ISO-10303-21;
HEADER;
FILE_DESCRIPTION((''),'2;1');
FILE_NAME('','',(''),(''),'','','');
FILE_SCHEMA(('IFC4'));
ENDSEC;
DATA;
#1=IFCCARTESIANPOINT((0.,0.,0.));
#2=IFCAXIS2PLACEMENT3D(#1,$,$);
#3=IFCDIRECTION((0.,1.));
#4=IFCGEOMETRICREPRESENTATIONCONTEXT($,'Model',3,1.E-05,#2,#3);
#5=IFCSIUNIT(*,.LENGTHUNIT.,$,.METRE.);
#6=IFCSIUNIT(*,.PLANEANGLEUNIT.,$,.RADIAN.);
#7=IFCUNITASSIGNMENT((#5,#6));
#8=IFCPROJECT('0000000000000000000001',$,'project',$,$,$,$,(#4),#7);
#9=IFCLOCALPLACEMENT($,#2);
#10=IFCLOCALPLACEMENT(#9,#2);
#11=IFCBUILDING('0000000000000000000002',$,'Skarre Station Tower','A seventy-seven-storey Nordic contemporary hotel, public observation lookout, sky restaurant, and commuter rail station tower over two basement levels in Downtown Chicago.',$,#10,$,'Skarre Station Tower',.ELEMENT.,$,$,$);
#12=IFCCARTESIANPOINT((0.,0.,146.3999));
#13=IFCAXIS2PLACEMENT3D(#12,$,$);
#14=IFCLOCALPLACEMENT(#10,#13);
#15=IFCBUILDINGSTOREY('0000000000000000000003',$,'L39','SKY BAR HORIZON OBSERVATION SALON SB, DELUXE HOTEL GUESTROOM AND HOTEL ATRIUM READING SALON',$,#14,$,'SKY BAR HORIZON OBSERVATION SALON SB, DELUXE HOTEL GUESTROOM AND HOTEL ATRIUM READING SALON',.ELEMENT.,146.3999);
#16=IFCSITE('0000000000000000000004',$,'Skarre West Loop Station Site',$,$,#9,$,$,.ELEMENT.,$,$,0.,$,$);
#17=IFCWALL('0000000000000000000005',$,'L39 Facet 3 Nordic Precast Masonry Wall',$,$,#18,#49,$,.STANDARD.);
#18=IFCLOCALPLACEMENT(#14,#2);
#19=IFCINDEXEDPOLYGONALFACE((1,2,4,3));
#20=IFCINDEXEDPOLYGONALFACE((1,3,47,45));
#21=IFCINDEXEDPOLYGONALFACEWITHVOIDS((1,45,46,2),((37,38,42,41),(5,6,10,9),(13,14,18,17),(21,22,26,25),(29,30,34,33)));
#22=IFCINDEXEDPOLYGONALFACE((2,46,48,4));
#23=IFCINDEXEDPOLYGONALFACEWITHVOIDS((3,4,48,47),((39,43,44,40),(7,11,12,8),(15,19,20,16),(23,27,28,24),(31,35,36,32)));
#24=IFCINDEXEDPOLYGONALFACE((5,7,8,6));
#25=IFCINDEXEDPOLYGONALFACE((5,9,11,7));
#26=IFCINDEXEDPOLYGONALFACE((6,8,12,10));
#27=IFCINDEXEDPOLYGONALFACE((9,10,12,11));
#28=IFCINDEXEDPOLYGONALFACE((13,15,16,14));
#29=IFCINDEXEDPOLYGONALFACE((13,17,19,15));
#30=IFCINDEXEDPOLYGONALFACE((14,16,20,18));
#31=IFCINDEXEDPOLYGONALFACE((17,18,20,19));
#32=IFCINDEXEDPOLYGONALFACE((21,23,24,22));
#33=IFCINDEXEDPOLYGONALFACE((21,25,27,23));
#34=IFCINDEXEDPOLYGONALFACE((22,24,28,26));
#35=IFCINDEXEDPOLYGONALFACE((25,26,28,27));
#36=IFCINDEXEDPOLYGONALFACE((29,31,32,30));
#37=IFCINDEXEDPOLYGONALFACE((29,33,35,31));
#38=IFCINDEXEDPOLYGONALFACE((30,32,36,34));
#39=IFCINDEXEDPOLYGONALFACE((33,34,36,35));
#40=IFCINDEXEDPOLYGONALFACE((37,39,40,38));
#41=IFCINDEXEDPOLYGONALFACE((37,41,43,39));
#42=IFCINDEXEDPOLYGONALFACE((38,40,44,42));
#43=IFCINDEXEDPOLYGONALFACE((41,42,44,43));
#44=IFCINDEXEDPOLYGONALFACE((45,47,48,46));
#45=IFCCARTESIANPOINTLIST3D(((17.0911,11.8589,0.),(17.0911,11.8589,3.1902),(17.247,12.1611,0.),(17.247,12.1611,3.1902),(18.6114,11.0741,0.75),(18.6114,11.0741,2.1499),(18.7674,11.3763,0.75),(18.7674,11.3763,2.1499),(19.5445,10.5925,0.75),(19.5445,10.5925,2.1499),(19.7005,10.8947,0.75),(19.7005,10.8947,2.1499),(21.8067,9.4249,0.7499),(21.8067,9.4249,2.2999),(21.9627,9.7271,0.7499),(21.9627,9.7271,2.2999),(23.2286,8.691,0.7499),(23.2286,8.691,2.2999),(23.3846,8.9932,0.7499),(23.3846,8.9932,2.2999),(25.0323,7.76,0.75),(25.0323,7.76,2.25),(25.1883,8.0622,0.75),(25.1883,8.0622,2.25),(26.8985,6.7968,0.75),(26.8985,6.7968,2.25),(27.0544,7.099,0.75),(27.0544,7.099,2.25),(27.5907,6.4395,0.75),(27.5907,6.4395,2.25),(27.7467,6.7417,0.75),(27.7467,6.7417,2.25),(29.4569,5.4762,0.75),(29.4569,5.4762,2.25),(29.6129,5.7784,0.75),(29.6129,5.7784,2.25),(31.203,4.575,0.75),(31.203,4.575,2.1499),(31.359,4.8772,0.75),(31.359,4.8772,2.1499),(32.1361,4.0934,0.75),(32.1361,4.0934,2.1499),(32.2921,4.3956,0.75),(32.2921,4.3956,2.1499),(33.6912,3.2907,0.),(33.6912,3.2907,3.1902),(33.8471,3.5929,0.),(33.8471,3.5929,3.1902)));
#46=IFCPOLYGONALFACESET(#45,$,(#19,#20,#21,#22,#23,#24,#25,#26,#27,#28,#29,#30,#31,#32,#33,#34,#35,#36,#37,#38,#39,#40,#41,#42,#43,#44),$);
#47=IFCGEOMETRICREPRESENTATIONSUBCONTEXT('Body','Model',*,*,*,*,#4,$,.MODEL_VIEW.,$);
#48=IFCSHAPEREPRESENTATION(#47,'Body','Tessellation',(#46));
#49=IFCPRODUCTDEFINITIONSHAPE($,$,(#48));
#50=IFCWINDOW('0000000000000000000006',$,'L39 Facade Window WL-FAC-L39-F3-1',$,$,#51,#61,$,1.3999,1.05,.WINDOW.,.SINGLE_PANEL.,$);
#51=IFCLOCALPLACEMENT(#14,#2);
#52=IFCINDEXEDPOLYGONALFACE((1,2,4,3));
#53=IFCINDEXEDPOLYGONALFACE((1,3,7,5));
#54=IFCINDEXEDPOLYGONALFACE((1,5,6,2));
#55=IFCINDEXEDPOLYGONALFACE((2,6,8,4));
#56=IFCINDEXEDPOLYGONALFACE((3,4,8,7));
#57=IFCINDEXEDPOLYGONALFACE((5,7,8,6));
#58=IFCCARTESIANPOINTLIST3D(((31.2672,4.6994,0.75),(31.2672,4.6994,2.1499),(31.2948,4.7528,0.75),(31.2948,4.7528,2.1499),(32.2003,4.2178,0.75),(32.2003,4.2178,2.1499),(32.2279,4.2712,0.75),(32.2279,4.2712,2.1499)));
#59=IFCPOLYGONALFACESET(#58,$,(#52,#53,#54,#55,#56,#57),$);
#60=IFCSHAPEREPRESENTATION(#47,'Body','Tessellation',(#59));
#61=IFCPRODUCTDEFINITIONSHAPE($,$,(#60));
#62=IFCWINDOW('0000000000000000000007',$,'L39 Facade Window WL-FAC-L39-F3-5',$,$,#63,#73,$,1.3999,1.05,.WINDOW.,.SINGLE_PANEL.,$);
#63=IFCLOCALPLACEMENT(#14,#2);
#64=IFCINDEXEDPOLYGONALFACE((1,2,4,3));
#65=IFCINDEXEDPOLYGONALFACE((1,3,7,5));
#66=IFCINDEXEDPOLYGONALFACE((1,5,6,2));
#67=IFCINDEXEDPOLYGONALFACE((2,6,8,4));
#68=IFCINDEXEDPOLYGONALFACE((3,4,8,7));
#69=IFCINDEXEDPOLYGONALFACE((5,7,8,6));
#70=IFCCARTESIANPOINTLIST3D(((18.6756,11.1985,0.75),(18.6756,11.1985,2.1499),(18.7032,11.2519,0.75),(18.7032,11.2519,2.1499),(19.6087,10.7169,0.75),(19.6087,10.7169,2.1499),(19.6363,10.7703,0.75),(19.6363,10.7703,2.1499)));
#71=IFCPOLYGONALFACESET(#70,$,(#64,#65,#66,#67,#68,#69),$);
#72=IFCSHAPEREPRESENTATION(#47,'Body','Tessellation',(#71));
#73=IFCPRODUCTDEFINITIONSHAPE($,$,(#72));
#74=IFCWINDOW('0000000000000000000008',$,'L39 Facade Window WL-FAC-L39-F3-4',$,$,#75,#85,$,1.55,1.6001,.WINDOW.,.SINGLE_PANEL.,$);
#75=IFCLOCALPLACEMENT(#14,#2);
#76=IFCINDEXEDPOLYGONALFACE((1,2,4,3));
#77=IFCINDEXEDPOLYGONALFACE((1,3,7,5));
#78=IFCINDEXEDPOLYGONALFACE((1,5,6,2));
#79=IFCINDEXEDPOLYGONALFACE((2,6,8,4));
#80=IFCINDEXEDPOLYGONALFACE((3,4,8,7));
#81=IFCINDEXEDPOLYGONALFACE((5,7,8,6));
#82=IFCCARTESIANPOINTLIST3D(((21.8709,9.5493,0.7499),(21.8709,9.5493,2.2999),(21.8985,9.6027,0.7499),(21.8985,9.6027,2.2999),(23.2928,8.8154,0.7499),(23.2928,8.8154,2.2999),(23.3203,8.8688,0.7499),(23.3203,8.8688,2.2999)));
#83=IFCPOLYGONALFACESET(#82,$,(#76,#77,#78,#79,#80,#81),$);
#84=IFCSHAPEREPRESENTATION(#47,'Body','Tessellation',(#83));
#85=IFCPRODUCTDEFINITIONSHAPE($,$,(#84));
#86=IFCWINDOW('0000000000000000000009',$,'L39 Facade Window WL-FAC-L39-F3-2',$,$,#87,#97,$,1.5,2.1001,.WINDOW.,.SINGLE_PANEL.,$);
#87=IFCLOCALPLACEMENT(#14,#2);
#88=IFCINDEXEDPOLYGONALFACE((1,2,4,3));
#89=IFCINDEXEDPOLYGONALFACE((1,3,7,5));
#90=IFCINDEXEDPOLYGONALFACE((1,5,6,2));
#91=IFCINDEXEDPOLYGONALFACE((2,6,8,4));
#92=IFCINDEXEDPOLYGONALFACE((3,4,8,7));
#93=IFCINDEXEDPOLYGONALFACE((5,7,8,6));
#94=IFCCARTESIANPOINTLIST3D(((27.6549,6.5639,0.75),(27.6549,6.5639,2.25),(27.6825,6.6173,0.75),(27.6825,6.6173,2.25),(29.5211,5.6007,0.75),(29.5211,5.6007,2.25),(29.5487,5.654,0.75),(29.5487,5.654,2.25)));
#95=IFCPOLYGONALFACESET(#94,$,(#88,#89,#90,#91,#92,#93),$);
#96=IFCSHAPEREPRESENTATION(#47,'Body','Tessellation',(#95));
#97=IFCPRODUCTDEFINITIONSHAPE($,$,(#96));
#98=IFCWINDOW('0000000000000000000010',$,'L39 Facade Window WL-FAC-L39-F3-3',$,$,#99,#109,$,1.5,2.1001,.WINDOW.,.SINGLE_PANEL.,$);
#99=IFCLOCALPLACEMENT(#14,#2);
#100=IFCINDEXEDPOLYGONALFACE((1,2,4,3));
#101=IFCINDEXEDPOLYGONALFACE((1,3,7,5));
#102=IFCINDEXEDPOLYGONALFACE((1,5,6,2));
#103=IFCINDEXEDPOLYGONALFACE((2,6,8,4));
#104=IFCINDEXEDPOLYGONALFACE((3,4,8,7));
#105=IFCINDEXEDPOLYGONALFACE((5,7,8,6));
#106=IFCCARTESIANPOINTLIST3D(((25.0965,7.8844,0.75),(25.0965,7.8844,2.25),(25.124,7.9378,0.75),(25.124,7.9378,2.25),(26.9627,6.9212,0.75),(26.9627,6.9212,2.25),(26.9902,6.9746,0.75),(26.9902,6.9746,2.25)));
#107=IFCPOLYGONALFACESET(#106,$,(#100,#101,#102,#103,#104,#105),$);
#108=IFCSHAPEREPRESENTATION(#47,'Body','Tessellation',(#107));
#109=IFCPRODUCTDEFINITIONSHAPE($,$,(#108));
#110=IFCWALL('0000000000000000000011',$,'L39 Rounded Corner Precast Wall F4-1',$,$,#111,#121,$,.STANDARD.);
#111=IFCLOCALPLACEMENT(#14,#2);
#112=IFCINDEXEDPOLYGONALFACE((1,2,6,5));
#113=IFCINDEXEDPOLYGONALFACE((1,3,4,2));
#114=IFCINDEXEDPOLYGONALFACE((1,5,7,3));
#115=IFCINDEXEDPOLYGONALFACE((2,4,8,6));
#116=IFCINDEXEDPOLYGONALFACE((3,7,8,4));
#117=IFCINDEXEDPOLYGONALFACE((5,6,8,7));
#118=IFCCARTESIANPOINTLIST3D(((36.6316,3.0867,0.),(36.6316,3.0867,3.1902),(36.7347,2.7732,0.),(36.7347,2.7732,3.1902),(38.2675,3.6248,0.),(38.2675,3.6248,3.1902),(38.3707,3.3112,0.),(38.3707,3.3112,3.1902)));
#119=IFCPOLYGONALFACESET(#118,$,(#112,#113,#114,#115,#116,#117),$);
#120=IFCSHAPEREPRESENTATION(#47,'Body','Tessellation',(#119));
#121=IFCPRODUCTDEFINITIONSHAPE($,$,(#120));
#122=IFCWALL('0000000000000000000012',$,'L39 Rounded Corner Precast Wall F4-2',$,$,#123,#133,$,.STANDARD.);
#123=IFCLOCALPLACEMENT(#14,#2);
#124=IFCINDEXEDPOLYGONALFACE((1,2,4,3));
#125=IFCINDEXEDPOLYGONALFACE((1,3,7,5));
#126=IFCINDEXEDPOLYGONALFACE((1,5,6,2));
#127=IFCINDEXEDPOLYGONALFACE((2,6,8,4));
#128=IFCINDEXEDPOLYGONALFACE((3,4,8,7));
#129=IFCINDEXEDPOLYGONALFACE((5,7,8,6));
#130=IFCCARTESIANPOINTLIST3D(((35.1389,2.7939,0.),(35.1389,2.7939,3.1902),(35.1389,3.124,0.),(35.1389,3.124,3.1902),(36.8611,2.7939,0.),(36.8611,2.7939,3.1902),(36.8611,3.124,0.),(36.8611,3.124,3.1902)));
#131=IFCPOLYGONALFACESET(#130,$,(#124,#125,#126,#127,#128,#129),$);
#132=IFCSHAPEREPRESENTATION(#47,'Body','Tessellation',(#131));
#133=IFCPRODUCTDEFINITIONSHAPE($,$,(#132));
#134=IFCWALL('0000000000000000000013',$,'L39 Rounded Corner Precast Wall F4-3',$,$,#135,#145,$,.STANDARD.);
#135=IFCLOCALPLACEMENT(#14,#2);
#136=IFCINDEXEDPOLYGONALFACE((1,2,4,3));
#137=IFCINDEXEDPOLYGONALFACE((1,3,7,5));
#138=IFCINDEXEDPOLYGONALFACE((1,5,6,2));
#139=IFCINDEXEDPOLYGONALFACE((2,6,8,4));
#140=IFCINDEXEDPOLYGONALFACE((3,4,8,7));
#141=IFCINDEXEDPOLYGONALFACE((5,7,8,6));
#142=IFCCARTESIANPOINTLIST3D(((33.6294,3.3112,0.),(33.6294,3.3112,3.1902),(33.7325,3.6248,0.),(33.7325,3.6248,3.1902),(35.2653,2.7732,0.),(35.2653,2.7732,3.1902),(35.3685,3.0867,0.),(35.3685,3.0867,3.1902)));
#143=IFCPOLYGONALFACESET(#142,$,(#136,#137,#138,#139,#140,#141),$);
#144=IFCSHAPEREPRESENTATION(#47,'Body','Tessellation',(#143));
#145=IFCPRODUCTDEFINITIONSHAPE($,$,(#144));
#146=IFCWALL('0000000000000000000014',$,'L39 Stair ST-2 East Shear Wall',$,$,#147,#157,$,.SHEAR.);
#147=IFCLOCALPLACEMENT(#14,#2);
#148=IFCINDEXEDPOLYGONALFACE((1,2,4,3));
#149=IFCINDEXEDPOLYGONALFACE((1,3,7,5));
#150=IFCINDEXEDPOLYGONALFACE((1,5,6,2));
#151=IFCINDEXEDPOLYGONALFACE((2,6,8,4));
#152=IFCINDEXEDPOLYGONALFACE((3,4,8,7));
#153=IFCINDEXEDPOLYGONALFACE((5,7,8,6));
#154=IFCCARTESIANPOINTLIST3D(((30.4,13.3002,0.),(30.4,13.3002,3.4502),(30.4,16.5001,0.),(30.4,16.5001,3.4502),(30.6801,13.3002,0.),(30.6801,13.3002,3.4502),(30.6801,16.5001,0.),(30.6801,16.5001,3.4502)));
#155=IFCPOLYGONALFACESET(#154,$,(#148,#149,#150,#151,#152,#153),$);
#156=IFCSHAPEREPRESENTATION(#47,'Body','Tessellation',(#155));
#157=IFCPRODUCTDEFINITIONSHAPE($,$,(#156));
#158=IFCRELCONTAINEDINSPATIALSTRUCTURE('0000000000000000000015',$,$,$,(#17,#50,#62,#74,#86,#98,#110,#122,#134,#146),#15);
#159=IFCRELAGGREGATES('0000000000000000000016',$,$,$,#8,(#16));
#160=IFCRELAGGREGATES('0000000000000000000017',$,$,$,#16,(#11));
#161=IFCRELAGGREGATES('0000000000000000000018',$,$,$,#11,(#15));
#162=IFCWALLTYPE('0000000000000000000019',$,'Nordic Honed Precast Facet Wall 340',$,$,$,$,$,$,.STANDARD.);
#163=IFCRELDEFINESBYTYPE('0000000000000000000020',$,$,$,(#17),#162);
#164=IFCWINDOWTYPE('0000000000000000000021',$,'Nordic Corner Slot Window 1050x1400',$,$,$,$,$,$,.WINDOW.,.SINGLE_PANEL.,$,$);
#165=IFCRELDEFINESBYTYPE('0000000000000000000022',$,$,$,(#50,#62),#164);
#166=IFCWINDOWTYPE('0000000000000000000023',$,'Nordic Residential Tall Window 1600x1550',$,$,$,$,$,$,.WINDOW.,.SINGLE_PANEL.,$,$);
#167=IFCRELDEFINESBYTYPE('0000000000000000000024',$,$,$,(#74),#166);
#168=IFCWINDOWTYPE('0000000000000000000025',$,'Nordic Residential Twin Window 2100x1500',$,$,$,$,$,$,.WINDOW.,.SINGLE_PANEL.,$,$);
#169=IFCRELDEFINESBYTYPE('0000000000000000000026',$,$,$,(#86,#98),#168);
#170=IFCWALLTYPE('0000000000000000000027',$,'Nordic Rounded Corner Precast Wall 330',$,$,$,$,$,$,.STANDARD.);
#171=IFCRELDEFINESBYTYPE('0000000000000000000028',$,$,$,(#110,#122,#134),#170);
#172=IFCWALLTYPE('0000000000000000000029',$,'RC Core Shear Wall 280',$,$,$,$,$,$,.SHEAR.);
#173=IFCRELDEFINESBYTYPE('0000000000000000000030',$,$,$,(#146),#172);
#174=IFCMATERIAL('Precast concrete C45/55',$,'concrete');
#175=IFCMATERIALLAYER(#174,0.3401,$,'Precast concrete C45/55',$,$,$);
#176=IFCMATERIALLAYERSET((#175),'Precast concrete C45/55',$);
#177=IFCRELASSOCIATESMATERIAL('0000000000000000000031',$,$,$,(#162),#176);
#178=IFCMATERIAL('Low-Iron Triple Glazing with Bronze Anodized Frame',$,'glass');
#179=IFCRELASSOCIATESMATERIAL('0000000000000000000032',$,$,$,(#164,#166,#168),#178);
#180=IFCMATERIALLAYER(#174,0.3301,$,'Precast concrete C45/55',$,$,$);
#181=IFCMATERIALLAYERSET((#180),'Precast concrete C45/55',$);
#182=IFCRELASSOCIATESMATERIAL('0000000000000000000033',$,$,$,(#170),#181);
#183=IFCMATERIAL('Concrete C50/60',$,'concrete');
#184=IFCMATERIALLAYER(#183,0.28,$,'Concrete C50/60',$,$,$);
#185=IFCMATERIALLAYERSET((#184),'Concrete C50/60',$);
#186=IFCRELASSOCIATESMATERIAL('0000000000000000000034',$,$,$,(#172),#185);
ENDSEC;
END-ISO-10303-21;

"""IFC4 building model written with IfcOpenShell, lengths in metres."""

from ifc_helpers import new_model, si_unit, direction, frame, frame_2d, origin, place, context, subcontext, project, spatial, rectangle, extrude, material, layer, layer_set, type_object, element, fill, save


model = new_model("IFC4")

# Units and contexts
model_context = context("Model", 3, precision=1e-05, world=origin(), true_north=direction((0.0, 1.0)))
body_context = subcontext(model_context, "Body", "Model", "MODEL_VIEW")
ifc_project = project(units=[si_unit("LENGTHUNIT", "METRE"), si_unit("PLANEANGLEUNIT", "RADIAN")], contexts=[model_context])

# Site, building, storey
site_placement = place(None, origin())
site = spatial("IfcSite", under=ifc_project, at=site_placement, Name="Skarre West Loop Station Site", CompositionType="ELEMENT", RefElevation=0.0)
building_placement = place(site_placement, origin())
building = spatial("IfcBuilding", under=site, at=building_placement, Name="Skarre Station Tower", Description="A seventy-seven-storey Nordic contemporary hotel, public observation lookout, sky restaurant, and commuter rail station tower over two basement levels in Downtown Chicago.", LongName="Skarre Station Tower", CompositionType="ELEMENT")
storey_placement = place(building_placement, frame((0.0, 0.0, 146.3999)))
storey = spatial("IfcBuildingStorey", under=building, at=storey_placement, Name="L39", Description="SKY BAR HORIZON OBSERVATION SALON SB, DELUXE HOTEL GUESTROOM AND HOTEL ATRIUM READING SALON", LongName="SKY BAR HORIZON OBSERVATION SALON SB, DELUXE HOTEL GUESTROOM AND HOTEL ATRIUM READING SALON", CompositionType="ELEMENT", Elevation=146.3999)

# Wall, openings, windows
ifc_material_1 = material(Name="Precast concrete C45/55", Category="concrete")
ifc_layer_1 = layer(ifc_material_1, 0.3401, Name="Precast concrete C45/55")
ifc_layer_set_1 = layer_set([ifc_layer_1], Name="Precast concrete C45/55")
wall_type_1 = type_object("IfcWallType", Name="Nordic Honed Precast Facet Wall 340", PredefinedType="STANDARD", material=ifc_layer_set_1)
wall_1_placement = place(storey_placement, frame((33.769, 3.4419, 0.0), z_axis=(0.0, 0.0, 1.0), x_axis=(-0.888614, 0.458657, 0.0)))
wall_1 = element("IfcWall", 1, at=wall_1_placement, inside=storey, type_object=wall_type_1, Name="L39 Facet 3 Nordic Precast Masonry Wall", PredefinedType="STANDARD", context=body_context, shape_type="SweptSolid", body=[
    extrude(rectangle(XDim=18.6809, YDim=0.3401, at=frame_2d((9.3403, 0.0))), origin(), (0.0, 0.0, 1.0), 3.1902),
])
opening_1_placement = place(wall_1_placement, frame((1.75, 0.0, 0.75)))
opening_1 = element("IfcOpeningElement", 2, at=opening_1_placement, cuts=wall_1, PredefinedType="OPENING", context=body_context, shape_type="SweptSolid", body=[
    extrude(rectangle(XDim=1.05, YDim=1.3999, at=frame_2d((0.5249, 0.7))), frame((0.0, 0.1799, 0.0), z_axis=(0.0, -1.0, 0.0), x_axis=(1.0, 0.0, 0.0)), (0.0, 0.0, 1.0), 0.3601),
])
opening_2_placement = place(wall_1_placement, frame((4.7649, 0.0, 0.75)))
opening_2 = element("IfcOpeningElement", 3, at=opening_2_placement, cuts=wall_1, PredefinedType="OPENING", context=body_context, shape_type="SweptSolid", body=[
    extrude(rectangle(XDim=2.1001, YDim=1.5, at=frame_2d((1.05, 0.75))), frame((0.0, 0.1799, 0.0), z_axis=(0.0, -1.0, 0.0), x_axis=(1.0, 0.0, 0.0)), (0.0, 0.0, 1.0), 0.3601),
])
opening_3_placement = place(wall_1_placement, frame((7.644, 0.0, 0.75)))
opening_3 = element("IfcOpeningElement", 4, at=opening_3_placement, cuts=wall_1, PredefinedType="OPENING", context=body_context, shape_type="SweptSolid", body=[
    extrude(rectangle(XDim=2.1001, YDim=1.5, at=frame_2d((1.05, 0.75))), frame((0.0, 0.1799, 0.0), z_axis=(0.0, -1.0, 0.0), x_axis=(1.0, 0.0, 0.0)), (0.0, 0.0, 1.0), 0.3601),
])
opening_4_placement = place(wall_1_placement, frame((11.7739, 0.0, 0.75)))
opening_4 = element("IfcOpeningElement", 5, at=opening_4_placement, cuts=wall_1, PredefinedType="OPENING", context=body_context, shape_type="SweptSolid", body=[
    extrude(rectangle(XDim=1.6001, YDim=1.55, at=frame_2d((0.8, 0.7749))), frame((0.0, 0.1799, 0.0), z_axis=(0.0, -1.0, 0.0), x_axis=(1.0, 0.0, 0.0)), (0.0, 0.0, 1.0), 0.3601),
])
opening_5_placement = place(wall_1_placement, frame((15.9199, 0.0, 0.75)))
opening_5 = element("IfcOpeningElement", 6, at=opening_5_placement, cuts=wall_1, PredefinedType="OPENING", context=body_context, shape_type="SweptSolid", body=[
    extrude(rectangle(XDim=1.05, YDim=1.3999, at=frame_2d((0.5249, 0.7))), frame((0.0, 0.1799, 0.0), z_axis=(0.0, -1.0, 0.0), x_axis=(1.0, 0.0, 0.0)), (0.0, 0.0, 1.0), 0.3601),
])
ifc_material_2 = material(Name="Low-Iron Triple Glazing with Bronze Anodized Frame", Category="glass")
window_type_1 = type_object("IfcWindowType", Name="Nordic Corner Slot Window 1050x1400", PartitioningType="SINGLE_PANEL", PredefinedType="WINDOW", material=ifc_material_2)
window_1_placement = place(opening_1_placement, origin())
window_1 = element("IfcWindow", 7, at=window_1_placement, inside=storey, type_object=window_type_1, Name="L39 Facade Window WL-FAC-L39-F3-1", OverallHeight=1.3999, OverallWidth=1.05, PartitioningType="SINGLE_PANEL", PredefinedType="WINDOW", context=body_context, shape_type="SweptSolid", body=[
    extrude(rectangle(XDim=1.05, YDim=1.3999, at=frame_2d((0.5249, 0.7))), frame((0.0, 0.03, 0.0), z_axis=(0.0, -1.0, 0.0), x_axis=(1.0, 0.0, 0.0)), (0.0, 0.0, 1.0), 0.0601),
])
fill(opening_1, window_1)
window_2_placement = place(opening_5_placement, origin())
window_2 = element("IfcWindow", 8, at=window_2_placement, inside=storey, type_object=window_type_1, Name="L39 Facade Window WL-FAC-L39-F3-5", OverallHeight=1.3999, OverallWidth=1.05, PartitioningType="SINGLE_PANEL", PredefinedType="WINDOW", context=body_context, shape_type="SweptSolid", body=[
    extrude(rectangle(XDim=1.05, YDim=1.3999, at=frame_2d((0.5249, 0.7))), frame((0.0, 0.03, 0.0), z_axis=(0.0, -1.0, 0.0), x_axis=(1.0, 0.0, 0.0)), (0.0, 0.0, 1.0), 0.0601),
])
fill(opening_5, window_2)
window_type_2 = type_object("IfcWindowType", Name="Nordic Residential Tall Window 1600x1550", PartitioningType="SINGLE_PANEL", PredefinedType="WINDOW", material=ifc_material_2)
window_3_placement = place(opening_4_placement, origin())
window_3 = element("IfcWindow", 9, at=window_3_placement, inside=storey, type_object=window_type_2, Name="L39 Facade Window WL-FAC-L39-F3-4", OverallHeight=1.55, OverallWidth=1.6001, PartitioningType="SINGLE_PANEL", PredefinedType="WINDOW", context=body_context, shape_type="SweptSolid", body=[
    extrude(rectangle(XDim=1.6001, YDim=1.55, at=frame_2d((0.8, 0.7749))), frame((0.0, 0.03, 0.0), z_axis=(0.0, -1.0, 0.0), x_axis=(1.0, 0.0, 0.0)), (0.0, 0.0, 1.0), 0.0601),
])
fill(opening_4, window_3)
window_type_3 = type_object("IfcWindowType", Name="Nordic Residential Twin Window 2100x1500", PartitioningType="SINGLE_PANEL", PredefinedType="WINDOW", material=ifc_material_2)
window_4_placement = place(opening_2_placement, origin())
window_4 = element("IfcWindow", 10, at=window_4_placement, inside=storey, type_object=window_type_3, Name="L39 Facade Window WL-FAC-L39-F3-2", OverallHeight=1.5, OverallWidth=2.1001, PartitioningType="SINGLE_PANEL", PredefinedType="WINDOW", context=body_context, shape_type="SweptSolid", body=[
    extrude(rectangle(XDim=2.1001, YDim=1.5, at=frame_2d((1.05, 0.75))), frame((0.0, 0.03, 0.0), z_axis=(0.0, -1.0, 0.0), x_axis=(1.0, 0.0, 0.0)), (0.0, 0.0, 1.0), 0.0601),
])
fill(opening_2, window_4)
window_5_placement = place(opening_3_placement, origin())
window_5 = element("IfcWindow", 11, at=window_5_placement, inside=storey, type_object=window_type_3, Name="L39 Facade Window WL-FAC-L39-F3-3", OverallHeight=1.5, OverallWidth=2.1001, PartitioningType="SINGLE_PANEL", PredefinedType="WINDOW", context=body_context, shape_type="SweptSolid", body=[
    extrude(rectangle(XDim=2.1001, YDim=1.5, at=frame_2d((1.05, 0.75))), frame((0.0, 0.03, 0.0), z_axis=(0.0, -1.0, 0.0), x_axis=(1.0, 0.0, 0.0)), (0.0, 0.0, 1.0), 0.0601),
])
fill(opening_3, window_5)

# Walls
ifc_layer_2 = layer(ifc_material_1, 0.3301, Name="Precast concrete C45/55")
ifc_layer_set_2 = layer_set([ifc_layer_2], Name="Precast concrete C45/55")
wall_type_2 = type_object("IfcWallType", Name="Nordic Rounded Corner Precast Wall 330", PredefinedType="STANDARD", material=ifc_layer_set_2)
for number, where, z_axis, x_axis, name in (
    (12, (38.3191, 3.468, 0.0), (0.0, 0.0, 1.0), (-0.949937, -0.31244, 0.0), "L39 Rounded Corner Precast Wall F4-1"),
    (13, (36.8611, 2.959, 0.0), (0.0, 0.0, 1.0), (-1.0, 0.0, 0.0), "L39 Rounded Corner Precast Wall F4-2"),
    (14, (35.3169, 2.9299, 0.0), (0.0, 0.0, 1.0), (-0.949937, 0.31244, 0.0), "L39 Rounded Corner Precast Wall F4-3"),
):
    element("IfcWall", number, at=place(storey_placement, frame(where, z_axis=z_axis, x_axis=x_axis)), inside=storey, type_object=wall_type_2, Name=name, PredefinedType="STANDARD", context=body_context, shape_type="SweptSolid", body=[
        extrude(rectangle(XDim=1.7222, YDim=0.3301, at=frame_2d((0.8611, 0.0))), origin(), (0.0, 0.0, 1.0), 3.1902),
    ])
ifc_material_3 = material(Name="Concrete C50/60", Category="concrete")
ifc_layer_3 = layer(ifc_material_3, 0.28, Name="Concrete C50/60")
ifc_layer_set_3 = layer_set([ifc_layer_3], Name="Concrete C50/60")
wall_type_3 = type_object("IfcWallType", Name="RC Core Shear Wall 280", PredefinedType="SHEAR", material=ifc_layer_set_3)
wall_2_placement = place(storey_placement, frame((30.54, 13.3, 0.0), z_axis=(0.0, 0.0, 1.0), x_axis=(0.0, 1.0, 0.0)))
element("IfcWall", 15, at=wall_2_placement, inside=storey, type_object=wall_type_3, Name="L39 Stair ST-2 East Shear Wall", PredefinedType="SHEAR", context=body_context, shape_type="SweptSolid", body=[
    extrude(rectangle(XDim=3.2, YDim=0.28, at=frame_2d((1.6001, 0.0))), origin(), (0.0, 0.0, 1.0), 3.4502),
])

save(model, "model.ifc")
